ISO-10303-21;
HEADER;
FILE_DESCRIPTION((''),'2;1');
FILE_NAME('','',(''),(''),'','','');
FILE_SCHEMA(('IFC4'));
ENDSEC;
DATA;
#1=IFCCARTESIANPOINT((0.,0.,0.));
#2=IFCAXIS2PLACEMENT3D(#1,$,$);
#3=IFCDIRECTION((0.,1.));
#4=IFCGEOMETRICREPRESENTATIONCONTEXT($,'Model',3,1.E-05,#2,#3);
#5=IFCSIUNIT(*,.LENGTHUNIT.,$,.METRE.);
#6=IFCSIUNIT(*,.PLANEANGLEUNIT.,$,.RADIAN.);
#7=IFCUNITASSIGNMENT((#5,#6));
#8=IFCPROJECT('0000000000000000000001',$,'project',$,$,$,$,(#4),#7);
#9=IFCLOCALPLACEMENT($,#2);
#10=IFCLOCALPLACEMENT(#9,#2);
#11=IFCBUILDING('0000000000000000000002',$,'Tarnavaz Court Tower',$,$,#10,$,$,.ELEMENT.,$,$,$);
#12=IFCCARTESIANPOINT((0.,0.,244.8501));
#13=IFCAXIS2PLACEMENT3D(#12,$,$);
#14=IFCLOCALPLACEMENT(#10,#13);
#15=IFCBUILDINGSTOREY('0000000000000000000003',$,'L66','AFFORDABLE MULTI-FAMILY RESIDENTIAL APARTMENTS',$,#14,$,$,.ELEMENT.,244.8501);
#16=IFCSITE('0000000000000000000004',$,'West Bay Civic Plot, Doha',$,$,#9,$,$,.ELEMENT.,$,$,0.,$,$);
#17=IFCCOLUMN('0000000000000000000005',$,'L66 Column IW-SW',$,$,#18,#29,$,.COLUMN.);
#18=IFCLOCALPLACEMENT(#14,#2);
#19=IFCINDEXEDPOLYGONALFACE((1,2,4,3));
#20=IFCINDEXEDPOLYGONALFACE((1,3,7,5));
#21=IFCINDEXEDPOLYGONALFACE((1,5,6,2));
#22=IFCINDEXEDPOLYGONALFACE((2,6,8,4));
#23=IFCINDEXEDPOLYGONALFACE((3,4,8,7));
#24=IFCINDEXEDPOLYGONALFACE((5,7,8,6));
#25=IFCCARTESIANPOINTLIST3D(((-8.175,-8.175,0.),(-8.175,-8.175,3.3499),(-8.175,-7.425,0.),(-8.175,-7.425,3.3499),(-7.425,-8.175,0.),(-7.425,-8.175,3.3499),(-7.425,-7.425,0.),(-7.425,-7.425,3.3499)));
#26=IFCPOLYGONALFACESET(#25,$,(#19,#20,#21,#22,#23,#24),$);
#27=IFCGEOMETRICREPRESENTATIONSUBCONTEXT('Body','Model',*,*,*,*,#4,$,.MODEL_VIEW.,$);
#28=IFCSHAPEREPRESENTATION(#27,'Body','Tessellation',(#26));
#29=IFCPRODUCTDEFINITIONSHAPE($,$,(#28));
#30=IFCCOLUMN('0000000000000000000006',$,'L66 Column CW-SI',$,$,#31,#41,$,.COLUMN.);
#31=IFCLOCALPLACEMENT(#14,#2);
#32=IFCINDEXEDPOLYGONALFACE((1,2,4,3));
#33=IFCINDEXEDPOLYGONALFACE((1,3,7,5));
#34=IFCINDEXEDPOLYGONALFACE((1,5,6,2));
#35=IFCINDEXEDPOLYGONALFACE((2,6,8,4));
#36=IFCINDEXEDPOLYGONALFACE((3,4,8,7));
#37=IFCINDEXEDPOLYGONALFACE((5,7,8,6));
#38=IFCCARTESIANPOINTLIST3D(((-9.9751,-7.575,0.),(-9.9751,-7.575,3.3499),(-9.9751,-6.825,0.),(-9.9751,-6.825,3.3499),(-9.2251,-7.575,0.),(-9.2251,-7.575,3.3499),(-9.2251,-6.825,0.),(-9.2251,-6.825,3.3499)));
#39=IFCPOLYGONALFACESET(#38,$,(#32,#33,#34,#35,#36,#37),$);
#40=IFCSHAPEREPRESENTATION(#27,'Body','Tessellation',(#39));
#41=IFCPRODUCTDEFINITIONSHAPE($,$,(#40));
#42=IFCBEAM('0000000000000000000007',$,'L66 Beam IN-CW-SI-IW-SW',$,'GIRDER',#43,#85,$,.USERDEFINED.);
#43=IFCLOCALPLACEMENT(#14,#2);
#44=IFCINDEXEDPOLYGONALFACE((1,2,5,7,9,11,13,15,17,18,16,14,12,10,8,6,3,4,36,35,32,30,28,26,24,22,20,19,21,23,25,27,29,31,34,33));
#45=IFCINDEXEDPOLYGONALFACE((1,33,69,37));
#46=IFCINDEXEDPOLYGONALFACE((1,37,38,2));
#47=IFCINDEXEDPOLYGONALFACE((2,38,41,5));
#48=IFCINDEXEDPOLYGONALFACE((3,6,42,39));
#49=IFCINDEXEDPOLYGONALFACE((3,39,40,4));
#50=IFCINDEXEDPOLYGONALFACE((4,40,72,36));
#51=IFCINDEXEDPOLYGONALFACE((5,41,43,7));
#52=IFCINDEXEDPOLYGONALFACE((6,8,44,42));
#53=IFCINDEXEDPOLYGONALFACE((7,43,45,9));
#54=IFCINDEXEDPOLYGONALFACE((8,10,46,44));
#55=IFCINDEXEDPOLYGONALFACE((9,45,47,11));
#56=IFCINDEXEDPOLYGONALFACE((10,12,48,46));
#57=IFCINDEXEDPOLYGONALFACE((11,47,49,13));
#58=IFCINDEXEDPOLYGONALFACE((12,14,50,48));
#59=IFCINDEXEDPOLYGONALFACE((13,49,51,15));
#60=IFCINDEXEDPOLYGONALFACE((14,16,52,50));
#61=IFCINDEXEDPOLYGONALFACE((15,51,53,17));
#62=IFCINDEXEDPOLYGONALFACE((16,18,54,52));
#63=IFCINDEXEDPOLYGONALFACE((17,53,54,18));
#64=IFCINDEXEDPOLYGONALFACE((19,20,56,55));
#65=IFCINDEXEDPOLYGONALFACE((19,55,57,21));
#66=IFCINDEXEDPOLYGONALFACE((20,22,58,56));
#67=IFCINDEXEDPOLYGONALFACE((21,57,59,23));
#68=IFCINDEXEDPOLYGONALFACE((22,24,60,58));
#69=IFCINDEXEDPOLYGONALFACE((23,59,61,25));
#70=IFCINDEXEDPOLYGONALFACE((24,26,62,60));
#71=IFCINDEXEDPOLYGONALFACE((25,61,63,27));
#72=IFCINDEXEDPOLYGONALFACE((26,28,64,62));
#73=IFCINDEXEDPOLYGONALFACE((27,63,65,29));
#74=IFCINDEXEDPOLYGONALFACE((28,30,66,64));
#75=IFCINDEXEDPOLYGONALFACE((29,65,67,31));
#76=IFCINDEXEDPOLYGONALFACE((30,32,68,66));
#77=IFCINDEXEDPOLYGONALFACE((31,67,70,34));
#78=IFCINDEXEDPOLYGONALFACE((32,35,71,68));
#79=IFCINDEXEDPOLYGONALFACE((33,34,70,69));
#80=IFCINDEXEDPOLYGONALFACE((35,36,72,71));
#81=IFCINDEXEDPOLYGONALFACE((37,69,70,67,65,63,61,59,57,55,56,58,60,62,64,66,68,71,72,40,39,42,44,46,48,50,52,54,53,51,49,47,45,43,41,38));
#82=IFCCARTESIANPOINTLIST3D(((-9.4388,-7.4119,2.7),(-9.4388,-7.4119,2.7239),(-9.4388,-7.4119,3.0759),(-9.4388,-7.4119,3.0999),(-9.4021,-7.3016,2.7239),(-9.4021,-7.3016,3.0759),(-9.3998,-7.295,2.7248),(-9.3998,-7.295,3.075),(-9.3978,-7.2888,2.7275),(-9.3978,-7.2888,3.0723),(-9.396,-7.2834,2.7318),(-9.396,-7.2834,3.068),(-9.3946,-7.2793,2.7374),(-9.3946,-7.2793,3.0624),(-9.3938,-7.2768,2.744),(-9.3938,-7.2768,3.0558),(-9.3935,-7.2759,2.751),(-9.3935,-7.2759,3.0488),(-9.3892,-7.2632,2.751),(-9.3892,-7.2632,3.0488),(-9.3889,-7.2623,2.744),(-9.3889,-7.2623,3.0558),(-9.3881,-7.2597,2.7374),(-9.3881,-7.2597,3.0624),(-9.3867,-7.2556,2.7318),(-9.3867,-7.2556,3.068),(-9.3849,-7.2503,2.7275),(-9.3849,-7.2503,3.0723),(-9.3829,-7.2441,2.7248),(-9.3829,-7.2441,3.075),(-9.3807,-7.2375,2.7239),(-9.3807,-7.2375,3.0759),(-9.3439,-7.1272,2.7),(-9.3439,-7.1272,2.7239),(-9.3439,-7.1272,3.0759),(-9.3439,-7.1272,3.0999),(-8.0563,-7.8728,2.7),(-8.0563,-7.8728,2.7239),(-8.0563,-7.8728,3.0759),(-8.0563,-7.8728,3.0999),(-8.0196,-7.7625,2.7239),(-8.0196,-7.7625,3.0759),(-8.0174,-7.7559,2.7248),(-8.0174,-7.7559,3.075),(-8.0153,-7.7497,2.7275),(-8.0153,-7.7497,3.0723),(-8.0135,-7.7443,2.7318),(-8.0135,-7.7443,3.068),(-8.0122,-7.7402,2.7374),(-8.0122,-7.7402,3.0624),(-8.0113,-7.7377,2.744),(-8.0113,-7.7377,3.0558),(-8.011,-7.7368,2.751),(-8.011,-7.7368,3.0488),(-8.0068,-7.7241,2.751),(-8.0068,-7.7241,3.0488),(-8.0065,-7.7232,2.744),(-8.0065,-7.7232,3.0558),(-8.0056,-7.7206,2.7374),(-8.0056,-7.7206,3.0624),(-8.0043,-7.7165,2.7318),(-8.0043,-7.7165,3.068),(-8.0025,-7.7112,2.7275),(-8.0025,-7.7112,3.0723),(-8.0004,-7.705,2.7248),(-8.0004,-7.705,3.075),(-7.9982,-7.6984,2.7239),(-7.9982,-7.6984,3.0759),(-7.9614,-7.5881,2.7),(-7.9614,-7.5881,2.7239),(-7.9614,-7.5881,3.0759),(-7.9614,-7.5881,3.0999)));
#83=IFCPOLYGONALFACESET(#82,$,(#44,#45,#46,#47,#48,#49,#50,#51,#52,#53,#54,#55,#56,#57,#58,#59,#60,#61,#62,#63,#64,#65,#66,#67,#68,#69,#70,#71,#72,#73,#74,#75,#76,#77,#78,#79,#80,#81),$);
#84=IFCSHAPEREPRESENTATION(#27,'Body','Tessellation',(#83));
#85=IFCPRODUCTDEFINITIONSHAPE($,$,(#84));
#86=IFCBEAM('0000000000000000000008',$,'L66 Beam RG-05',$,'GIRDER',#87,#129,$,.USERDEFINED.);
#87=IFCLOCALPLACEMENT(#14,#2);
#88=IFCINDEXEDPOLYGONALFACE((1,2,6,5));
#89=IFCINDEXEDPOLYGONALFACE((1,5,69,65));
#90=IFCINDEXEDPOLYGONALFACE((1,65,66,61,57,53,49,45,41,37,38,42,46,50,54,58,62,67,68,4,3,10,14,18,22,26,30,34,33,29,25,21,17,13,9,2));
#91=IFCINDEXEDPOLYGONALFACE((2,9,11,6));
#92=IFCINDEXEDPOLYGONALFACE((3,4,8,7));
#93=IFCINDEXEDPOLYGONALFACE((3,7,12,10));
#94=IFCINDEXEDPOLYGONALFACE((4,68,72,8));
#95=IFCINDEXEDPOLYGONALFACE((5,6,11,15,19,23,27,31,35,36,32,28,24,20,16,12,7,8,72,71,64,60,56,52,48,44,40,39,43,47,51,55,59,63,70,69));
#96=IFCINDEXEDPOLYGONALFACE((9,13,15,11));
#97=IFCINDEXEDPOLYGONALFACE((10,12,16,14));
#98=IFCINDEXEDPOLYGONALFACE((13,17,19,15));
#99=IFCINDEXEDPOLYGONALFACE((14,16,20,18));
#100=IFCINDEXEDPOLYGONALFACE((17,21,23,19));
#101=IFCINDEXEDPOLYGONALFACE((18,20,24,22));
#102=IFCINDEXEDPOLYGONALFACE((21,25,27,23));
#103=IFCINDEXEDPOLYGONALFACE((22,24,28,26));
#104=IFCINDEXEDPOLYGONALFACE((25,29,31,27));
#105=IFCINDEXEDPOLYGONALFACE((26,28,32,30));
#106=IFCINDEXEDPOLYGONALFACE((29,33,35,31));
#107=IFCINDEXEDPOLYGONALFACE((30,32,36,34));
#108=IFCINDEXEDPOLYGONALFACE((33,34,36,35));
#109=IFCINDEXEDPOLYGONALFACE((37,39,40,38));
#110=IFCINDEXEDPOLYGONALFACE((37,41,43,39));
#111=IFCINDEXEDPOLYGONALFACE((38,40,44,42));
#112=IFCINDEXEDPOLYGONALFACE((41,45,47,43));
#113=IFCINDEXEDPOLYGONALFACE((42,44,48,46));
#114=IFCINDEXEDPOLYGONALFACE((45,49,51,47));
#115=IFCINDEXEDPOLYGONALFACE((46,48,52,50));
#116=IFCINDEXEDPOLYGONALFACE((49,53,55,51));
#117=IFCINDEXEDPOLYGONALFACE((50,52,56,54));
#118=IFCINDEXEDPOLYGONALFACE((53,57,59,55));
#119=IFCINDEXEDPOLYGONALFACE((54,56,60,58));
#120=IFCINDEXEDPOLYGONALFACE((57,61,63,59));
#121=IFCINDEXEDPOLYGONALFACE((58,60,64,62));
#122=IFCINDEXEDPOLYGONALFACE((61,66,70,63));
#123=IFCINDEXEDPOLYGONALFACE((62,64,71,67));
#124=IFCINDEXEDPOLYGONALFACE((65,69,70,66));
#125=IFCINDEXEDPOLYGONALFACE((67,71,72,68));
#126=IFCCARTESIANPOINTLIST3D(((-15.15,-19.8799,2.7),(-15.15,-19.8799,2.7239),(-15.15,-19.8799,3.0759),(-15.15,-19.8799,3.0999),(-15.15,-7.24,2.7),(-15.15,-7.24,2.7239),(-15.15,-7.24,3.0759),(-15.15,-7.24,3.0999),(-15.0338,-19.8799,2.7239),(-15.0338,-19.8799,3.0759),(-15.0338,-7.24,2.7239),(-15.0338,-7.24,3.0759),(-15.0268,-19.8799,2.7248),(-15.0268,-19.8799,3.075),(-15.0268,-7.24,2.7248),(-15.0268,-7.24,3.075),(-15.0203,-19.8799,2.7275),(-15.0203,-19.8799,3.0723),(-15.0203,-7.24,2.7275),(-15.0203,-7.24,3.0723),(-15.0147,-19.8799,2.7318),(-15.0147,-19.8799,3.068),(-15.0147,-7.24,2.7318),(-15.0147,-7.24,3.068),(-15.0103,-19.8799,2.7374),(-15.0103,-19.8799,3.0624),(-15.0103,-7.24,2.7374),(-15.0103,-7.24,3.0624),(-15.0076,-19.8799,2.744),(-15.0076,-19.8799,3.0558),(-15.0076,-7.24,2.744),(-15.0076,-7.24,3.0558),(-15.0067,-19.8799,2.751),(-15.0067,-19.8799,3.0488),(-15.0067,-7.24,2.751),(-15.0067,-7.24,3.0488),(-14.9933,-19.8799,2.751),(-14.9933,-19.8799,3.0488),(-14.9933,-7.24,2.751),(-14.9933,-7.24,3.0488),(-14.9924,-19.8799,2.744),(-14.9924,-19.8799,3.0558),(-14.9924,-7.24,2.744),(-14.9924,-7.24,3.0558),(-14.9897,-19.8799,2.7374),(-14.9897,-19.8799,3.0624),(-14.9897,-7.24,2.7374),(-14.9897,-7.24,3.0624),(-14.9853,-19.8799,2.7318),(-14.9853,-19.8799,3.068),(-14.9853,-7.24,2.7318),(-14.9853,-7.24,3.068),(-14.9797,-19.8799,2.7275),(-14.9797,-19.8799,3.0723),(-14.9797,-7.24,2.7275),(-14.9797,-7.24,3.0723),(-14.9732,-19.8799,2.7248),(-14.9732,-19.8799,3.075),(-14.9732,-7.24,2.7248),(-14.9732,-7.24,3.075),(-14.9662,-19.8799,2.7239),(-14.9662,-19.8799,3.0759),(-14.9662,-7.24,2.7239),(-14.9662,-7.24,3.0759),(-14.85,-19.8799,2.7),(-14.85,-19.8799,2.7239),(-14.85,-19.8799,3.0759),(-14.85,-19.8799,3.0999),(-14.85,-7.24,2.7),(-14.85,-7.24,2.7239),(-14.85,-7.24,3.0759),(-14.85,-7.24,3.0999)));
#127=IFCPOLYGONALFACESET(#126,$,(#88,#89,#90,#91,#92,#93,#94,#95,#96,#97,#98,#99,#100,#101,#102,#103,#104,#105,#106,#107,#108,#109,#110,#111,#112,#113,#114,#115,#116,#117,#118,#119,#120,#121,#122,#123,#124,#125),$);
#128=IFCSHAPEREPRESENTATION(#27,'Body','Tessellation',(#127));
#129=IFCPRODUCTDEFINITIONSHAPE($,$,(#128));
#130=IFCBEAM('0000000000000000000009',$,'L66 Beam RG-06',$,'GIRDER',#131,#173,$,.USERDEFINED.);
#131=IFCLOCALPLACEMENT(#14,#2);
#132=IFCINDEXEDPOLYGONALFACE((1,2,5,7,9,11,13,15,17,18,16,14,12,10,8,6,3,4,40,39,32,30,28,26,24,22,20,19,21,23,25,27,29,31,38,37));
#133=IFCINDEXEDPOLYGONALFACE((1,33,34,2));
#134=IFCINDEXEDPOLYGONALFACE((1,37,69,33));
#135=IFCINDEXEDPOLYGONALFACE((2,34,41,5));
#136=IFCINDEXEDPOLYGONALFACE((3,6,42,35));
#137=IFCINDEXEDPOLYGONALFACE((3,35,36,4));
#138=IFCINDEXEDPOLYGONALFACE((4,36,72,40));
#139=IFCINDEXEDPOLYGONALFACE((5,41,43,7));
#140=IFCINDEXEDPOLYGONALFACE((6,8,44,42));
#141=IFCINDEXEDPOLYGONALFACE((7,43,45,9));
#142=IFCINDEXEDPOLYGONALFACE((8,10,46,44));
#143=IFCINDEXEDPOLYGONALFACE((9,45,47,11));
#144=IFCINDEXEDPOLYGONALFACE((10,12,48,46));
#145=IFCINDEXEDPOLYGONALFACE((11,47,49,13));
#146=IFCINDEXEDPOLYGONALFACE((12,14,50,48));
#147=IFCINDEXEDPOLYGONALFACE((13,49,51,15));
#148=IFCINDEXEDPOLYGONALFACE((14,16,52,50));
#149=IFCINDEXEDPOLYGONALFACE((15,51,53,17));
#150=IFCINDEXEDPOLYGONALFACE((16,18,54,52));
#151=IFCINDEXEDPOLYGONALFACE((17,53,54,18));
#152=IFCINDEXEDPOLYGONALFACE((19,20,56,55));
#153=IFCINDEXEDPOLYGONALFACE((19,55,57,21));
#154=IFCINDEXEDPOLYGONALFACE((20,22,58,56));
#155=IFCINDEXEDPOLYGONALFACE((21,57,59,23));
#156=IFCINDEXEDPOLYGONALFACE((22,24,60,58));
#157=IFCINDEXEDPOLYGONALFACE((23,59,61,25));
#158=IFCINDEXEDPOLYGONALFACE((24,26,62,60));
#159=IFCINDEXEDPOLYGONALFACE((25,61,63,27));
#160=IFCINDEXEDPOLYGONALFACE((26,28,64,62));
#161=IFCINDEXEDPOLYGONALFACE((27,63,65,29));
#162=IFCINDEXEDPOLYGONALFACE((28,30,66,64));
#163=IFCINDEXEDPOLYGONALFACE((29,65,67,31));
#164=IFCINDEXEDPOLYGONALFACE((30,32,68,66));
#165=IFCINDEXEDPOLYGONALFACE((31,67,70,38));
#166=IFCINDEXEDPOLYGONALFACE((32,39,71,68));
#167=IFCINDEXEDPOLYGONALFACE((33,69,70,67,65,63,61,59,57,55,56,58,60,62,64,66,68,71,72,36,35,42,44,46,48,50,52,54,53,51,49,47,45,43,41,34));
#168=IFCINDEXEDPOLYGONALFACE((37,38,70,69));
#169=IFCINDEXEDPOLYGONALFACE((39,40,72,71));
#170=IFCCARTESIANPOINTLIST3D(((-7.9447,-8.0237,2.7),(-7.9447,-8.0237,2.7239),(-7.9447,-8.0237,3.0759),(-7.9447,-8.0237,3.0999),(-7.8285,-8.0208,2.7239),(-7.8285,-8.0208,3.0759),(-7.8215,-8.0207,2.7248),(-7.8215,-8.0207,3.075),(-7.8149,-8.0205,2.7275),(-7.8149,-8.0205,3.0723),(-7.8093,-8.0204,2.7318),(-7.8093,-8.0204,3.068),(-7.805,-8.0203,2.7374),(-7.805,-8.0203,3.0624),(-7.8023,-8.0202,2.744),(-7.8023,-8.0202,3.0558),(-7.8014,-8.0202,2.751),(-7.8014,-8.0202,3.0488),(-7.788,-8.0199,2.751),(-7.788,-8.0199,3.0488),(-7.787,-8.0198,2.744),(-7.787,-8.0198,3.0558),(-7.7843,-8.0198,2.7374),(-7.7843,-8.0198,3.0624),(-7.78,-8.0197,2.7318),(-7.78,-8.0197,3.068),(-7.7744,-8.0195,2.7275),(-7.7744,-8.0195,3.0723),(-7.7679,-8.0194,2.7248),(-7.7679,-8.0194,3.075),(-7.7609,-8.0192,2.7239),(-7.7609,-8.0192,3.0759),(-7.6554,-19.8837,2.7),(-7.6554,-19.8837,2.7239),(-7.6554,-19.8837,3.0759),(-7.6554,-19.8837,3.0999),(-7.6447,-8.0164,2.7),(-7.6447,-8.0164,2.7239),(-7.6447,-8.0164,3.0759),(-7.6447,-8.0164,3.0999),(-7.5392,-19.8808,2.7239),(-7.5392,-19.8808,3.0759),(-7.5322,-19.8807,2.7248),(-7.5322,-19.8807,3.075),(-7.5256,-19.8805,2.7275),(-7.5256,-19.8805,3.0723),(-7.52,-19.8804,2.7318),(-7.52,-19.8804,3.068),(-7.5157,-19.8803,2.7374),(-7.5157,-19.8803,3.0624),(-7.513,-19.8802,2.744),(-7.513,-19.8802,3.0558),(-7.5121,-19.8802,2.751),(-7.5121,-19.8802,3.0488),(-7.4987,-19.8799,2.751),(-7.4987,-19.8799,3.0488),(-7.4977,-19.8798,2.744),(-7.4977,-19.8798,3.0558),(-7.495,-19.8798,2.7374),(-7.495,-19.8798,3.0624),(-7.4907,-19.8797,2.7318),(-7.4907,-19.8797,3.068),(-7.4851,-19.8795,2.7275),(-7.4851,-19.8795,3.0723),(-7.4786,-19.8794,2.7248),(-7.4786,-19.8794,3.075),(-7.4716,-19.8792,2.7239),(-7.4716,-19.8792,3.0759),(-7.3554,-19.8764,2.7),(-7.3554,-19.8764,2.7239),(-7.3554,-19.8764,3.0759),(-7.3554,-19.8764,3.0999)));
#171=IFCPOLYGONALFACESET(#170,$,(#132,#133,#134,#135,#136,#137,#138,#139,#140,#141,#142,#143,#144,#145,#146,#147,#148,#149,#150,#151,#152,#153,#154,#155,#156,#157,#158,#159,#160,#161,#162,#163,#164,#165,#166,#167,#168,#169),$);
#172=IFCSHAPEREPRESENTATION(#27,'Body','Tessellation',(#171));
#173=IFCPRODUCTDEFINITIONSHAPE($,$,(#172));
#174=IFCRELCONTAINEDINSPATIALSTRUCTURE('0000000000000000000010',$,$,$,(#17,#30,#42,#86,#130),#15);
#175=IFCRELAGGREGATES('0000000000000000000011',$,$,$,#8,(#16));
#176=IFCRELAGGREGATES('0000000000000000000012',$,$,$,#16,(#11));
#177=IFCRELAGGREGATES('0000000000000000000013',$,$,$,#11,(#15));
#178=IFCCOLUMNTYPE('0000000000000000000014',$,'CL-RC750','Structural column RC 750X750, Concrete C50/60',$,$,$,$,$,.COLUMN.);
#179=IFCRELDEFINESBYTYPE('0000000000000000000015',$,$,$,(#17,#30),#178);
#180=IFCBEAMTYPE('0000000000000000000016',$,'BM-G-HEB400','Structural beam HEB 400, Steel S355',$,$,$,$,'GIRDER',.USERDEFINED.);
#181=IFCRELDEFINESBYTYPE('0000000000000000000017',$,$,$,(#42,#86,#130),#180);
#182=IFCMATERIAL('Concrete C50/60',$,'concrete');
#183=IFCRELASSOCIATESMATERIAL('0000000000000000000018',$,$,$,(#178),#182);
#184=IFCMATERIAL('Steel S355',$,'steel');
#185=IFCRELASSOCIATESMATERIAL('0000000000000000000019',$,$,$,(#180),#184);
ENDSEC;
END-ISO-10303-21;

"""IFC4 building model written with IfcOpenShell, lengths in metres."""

from ifc_helpers import new_model, si_unit, direction, frame, origin, origin_2d, place, context, subcontext, project, spatial, rectangle, i_section, extrude, material, material_profile, profile_set, type_object, element, save


model = new_model("IFC4")

# Units and contexts
model_context = context("Model", 3, precision=1e-05, world=origin(), true_north=direction((0.0, 1.0)))
body_context = subcontext(model_context, "Body", "Model", "MODEL_VIEW")
ifc_project = project(units=[si_unit("LENGTHUNIT", "METRE"), si_unit("PLANEANGLEUNIT", "RADIAN")], contexts=[model_context])

# Site, building, storey
site_placement = place(None, origin())
site = spatial("IfcSite", under=ifc_project, at=site_placement, Name="West Bay Civic Plot, Doha", CompositionType="ELEMENT", RefElevation=0.0)
building_placement = place(site_placement, origin())
building = spatial("IfcBuilding", under=site, at=building_placement, Name="Tarnavaz Court Tower", CompositionType="ELEMENT")
storey_placement = place(building_placement, frame((0.0, 0.0, 244.8501)))
storey = spatial("IfcBuildingStorey", under=building, at=storey_placement, Name="L66", Description="AFFORDABLE MULTI-FAMILY RESIDENTIAL APARTMENTS", CompositionType="ELEMENT", Elevation=244.8501)

# Columns
ifc_material_1 = material(Name="Concrete C50/60", Category="concrete")
ifc_material_profile_1 = material_profile(ifc_material_1, rectangle(XDim=0.75, YDim=0.75, at=origin_2d()), Name="RC 750X750")
ifc_profile_set_1 = profile_set([ifc_material_profile_1], Name="Concrete C50/60")
column_type = type_object("IfcColumnType", Name="CL-RC750", Description="Structural column RC 750X750, Concrete C50/60", PredefinedType="COLUMN", material=ifc_profile_set_1)
for number, where, z_axis, x_axis, name in (
    (1, (-7.8, -7.8, 0.0), (0.0, 0.0, 1.0), (1.0, 0.0, 0.0), "L66 Column IW-SW"),
    (2, (-9.6001, -7.2, 0.0), (0.0, 0.0, 1.0), (1.0, 0.0, 0.0), "L66 Column CW-SI"),
):
    element("IfcColumn", number, at=place(storey_placement, frame(where, z_axis=z_axis, x_axis=x_axis)), inside=storey, type_object=column_type, Name=name, PredefinedType="COLUMN", context=body_context, shape_type="SweptSolid", body=[
        extrude(rectangle(XDim=0.75, YDim=0.75, at=origin_2d()), origin(), (0.0, 0.0, 1.0), 3.3499),
    ])

# Beams
ifc_material_2 = material(Name="Steel S355", Category="steel")
ifc_material_profile_2 = material_profile(ifc_material_2, i_section(OverallWidth=0.3, OverallDepth=0.3999, WebThickness=0.0134, FlangeThickness=0.0239, FilletRadius=0.0271, at=origin_2d()), Name="HEB 400")
ifc_profile_set_2 = profile_set([ifc_material_profile_2], Name="Steel S355")
beam_type_1 = type_object("IfcBeamType", Name="BM-G-HEB400", Description="Structural beam HEB 400, Steel S355", ElementType="GIRDER", PredefinedType="USERDEFINED", material=ifc_profile_set_2)
beam_1_placement = place(storey_placement, frame((-9.3914, -7.2695, 2.8999), z_axis=(0.948667, -0.316278, 0.0), x_axis=(0.316278, 0.948667, 0.0)))
element("IfcBeam", 3, at=beam_1_placement, inside=storey, type_object=beam_type_1, Name="L66 Beam IN-CW-SI-IW-SW", ObjectType="GIRDER", PredefinedType="USERDEFINED", context=body_context, shape_type="SweptSolid", body=[
    extrude(i_section(OverallWidth=0.3, OverallDepth=0.3999, WebThickness=0.0134, FlangeThickness=0.0239, FilletRadius=0.0271, at=origin_2d()), origin(), (0.0, 0.0, 1.0), 1.4573),
])
beam_2_placement = place(storey_placement, frame((-15.0, -7.24, 2.8999), z_axis=(0.0, -1.0, 0.0), x_axis=(1.0, 0.0, 0.0)))
element("IfcBeam", 4, at=beam_2_placement, inside=storey, type_object=beam_type_1, Name="L66 Beam RG-05", ObjectType="GIRDER", PredefinedType="USERDEFINED", context=body_context, shape_type="SweptSolid", body=[
    extrude(i_section(OverallWidth=0.3, OverallDepth=0.3999, WebThickness=0.0134, FlangeThickness=0.0239, FilletRadius=0.0271, at=origin_2d()), origin(), (0.0, 0.0, 1.0), 12.6399),
])
beam_3_placement = place(storey_placement, frame((-7.7947, -8.02, 2.8999), z_axis=(0.024386, -0.999703, 0.0), x_axis=(0.999703, 0.024386, 0.0)))
element("IfcBeam", 5, at=beam_3_placement, inside=storey, type_object=beam_type_1, Name="L66 Beam RG-06", ObjectType="GIRDER", PredefinedType="USERDEFINED", context=body_context, shape_type="SweptSolid", body=[
    extrude(i_section(OverallWidth=0.3, OverallDepth=0.3999, WebThickness=0.0134, FlangeThickness=0.0239, FilletRadius=0.0271, at=origin_2d()), origin(), (0.0, 0.0, 1.0), 11.8635),
])

save(model, "model.ifc")
